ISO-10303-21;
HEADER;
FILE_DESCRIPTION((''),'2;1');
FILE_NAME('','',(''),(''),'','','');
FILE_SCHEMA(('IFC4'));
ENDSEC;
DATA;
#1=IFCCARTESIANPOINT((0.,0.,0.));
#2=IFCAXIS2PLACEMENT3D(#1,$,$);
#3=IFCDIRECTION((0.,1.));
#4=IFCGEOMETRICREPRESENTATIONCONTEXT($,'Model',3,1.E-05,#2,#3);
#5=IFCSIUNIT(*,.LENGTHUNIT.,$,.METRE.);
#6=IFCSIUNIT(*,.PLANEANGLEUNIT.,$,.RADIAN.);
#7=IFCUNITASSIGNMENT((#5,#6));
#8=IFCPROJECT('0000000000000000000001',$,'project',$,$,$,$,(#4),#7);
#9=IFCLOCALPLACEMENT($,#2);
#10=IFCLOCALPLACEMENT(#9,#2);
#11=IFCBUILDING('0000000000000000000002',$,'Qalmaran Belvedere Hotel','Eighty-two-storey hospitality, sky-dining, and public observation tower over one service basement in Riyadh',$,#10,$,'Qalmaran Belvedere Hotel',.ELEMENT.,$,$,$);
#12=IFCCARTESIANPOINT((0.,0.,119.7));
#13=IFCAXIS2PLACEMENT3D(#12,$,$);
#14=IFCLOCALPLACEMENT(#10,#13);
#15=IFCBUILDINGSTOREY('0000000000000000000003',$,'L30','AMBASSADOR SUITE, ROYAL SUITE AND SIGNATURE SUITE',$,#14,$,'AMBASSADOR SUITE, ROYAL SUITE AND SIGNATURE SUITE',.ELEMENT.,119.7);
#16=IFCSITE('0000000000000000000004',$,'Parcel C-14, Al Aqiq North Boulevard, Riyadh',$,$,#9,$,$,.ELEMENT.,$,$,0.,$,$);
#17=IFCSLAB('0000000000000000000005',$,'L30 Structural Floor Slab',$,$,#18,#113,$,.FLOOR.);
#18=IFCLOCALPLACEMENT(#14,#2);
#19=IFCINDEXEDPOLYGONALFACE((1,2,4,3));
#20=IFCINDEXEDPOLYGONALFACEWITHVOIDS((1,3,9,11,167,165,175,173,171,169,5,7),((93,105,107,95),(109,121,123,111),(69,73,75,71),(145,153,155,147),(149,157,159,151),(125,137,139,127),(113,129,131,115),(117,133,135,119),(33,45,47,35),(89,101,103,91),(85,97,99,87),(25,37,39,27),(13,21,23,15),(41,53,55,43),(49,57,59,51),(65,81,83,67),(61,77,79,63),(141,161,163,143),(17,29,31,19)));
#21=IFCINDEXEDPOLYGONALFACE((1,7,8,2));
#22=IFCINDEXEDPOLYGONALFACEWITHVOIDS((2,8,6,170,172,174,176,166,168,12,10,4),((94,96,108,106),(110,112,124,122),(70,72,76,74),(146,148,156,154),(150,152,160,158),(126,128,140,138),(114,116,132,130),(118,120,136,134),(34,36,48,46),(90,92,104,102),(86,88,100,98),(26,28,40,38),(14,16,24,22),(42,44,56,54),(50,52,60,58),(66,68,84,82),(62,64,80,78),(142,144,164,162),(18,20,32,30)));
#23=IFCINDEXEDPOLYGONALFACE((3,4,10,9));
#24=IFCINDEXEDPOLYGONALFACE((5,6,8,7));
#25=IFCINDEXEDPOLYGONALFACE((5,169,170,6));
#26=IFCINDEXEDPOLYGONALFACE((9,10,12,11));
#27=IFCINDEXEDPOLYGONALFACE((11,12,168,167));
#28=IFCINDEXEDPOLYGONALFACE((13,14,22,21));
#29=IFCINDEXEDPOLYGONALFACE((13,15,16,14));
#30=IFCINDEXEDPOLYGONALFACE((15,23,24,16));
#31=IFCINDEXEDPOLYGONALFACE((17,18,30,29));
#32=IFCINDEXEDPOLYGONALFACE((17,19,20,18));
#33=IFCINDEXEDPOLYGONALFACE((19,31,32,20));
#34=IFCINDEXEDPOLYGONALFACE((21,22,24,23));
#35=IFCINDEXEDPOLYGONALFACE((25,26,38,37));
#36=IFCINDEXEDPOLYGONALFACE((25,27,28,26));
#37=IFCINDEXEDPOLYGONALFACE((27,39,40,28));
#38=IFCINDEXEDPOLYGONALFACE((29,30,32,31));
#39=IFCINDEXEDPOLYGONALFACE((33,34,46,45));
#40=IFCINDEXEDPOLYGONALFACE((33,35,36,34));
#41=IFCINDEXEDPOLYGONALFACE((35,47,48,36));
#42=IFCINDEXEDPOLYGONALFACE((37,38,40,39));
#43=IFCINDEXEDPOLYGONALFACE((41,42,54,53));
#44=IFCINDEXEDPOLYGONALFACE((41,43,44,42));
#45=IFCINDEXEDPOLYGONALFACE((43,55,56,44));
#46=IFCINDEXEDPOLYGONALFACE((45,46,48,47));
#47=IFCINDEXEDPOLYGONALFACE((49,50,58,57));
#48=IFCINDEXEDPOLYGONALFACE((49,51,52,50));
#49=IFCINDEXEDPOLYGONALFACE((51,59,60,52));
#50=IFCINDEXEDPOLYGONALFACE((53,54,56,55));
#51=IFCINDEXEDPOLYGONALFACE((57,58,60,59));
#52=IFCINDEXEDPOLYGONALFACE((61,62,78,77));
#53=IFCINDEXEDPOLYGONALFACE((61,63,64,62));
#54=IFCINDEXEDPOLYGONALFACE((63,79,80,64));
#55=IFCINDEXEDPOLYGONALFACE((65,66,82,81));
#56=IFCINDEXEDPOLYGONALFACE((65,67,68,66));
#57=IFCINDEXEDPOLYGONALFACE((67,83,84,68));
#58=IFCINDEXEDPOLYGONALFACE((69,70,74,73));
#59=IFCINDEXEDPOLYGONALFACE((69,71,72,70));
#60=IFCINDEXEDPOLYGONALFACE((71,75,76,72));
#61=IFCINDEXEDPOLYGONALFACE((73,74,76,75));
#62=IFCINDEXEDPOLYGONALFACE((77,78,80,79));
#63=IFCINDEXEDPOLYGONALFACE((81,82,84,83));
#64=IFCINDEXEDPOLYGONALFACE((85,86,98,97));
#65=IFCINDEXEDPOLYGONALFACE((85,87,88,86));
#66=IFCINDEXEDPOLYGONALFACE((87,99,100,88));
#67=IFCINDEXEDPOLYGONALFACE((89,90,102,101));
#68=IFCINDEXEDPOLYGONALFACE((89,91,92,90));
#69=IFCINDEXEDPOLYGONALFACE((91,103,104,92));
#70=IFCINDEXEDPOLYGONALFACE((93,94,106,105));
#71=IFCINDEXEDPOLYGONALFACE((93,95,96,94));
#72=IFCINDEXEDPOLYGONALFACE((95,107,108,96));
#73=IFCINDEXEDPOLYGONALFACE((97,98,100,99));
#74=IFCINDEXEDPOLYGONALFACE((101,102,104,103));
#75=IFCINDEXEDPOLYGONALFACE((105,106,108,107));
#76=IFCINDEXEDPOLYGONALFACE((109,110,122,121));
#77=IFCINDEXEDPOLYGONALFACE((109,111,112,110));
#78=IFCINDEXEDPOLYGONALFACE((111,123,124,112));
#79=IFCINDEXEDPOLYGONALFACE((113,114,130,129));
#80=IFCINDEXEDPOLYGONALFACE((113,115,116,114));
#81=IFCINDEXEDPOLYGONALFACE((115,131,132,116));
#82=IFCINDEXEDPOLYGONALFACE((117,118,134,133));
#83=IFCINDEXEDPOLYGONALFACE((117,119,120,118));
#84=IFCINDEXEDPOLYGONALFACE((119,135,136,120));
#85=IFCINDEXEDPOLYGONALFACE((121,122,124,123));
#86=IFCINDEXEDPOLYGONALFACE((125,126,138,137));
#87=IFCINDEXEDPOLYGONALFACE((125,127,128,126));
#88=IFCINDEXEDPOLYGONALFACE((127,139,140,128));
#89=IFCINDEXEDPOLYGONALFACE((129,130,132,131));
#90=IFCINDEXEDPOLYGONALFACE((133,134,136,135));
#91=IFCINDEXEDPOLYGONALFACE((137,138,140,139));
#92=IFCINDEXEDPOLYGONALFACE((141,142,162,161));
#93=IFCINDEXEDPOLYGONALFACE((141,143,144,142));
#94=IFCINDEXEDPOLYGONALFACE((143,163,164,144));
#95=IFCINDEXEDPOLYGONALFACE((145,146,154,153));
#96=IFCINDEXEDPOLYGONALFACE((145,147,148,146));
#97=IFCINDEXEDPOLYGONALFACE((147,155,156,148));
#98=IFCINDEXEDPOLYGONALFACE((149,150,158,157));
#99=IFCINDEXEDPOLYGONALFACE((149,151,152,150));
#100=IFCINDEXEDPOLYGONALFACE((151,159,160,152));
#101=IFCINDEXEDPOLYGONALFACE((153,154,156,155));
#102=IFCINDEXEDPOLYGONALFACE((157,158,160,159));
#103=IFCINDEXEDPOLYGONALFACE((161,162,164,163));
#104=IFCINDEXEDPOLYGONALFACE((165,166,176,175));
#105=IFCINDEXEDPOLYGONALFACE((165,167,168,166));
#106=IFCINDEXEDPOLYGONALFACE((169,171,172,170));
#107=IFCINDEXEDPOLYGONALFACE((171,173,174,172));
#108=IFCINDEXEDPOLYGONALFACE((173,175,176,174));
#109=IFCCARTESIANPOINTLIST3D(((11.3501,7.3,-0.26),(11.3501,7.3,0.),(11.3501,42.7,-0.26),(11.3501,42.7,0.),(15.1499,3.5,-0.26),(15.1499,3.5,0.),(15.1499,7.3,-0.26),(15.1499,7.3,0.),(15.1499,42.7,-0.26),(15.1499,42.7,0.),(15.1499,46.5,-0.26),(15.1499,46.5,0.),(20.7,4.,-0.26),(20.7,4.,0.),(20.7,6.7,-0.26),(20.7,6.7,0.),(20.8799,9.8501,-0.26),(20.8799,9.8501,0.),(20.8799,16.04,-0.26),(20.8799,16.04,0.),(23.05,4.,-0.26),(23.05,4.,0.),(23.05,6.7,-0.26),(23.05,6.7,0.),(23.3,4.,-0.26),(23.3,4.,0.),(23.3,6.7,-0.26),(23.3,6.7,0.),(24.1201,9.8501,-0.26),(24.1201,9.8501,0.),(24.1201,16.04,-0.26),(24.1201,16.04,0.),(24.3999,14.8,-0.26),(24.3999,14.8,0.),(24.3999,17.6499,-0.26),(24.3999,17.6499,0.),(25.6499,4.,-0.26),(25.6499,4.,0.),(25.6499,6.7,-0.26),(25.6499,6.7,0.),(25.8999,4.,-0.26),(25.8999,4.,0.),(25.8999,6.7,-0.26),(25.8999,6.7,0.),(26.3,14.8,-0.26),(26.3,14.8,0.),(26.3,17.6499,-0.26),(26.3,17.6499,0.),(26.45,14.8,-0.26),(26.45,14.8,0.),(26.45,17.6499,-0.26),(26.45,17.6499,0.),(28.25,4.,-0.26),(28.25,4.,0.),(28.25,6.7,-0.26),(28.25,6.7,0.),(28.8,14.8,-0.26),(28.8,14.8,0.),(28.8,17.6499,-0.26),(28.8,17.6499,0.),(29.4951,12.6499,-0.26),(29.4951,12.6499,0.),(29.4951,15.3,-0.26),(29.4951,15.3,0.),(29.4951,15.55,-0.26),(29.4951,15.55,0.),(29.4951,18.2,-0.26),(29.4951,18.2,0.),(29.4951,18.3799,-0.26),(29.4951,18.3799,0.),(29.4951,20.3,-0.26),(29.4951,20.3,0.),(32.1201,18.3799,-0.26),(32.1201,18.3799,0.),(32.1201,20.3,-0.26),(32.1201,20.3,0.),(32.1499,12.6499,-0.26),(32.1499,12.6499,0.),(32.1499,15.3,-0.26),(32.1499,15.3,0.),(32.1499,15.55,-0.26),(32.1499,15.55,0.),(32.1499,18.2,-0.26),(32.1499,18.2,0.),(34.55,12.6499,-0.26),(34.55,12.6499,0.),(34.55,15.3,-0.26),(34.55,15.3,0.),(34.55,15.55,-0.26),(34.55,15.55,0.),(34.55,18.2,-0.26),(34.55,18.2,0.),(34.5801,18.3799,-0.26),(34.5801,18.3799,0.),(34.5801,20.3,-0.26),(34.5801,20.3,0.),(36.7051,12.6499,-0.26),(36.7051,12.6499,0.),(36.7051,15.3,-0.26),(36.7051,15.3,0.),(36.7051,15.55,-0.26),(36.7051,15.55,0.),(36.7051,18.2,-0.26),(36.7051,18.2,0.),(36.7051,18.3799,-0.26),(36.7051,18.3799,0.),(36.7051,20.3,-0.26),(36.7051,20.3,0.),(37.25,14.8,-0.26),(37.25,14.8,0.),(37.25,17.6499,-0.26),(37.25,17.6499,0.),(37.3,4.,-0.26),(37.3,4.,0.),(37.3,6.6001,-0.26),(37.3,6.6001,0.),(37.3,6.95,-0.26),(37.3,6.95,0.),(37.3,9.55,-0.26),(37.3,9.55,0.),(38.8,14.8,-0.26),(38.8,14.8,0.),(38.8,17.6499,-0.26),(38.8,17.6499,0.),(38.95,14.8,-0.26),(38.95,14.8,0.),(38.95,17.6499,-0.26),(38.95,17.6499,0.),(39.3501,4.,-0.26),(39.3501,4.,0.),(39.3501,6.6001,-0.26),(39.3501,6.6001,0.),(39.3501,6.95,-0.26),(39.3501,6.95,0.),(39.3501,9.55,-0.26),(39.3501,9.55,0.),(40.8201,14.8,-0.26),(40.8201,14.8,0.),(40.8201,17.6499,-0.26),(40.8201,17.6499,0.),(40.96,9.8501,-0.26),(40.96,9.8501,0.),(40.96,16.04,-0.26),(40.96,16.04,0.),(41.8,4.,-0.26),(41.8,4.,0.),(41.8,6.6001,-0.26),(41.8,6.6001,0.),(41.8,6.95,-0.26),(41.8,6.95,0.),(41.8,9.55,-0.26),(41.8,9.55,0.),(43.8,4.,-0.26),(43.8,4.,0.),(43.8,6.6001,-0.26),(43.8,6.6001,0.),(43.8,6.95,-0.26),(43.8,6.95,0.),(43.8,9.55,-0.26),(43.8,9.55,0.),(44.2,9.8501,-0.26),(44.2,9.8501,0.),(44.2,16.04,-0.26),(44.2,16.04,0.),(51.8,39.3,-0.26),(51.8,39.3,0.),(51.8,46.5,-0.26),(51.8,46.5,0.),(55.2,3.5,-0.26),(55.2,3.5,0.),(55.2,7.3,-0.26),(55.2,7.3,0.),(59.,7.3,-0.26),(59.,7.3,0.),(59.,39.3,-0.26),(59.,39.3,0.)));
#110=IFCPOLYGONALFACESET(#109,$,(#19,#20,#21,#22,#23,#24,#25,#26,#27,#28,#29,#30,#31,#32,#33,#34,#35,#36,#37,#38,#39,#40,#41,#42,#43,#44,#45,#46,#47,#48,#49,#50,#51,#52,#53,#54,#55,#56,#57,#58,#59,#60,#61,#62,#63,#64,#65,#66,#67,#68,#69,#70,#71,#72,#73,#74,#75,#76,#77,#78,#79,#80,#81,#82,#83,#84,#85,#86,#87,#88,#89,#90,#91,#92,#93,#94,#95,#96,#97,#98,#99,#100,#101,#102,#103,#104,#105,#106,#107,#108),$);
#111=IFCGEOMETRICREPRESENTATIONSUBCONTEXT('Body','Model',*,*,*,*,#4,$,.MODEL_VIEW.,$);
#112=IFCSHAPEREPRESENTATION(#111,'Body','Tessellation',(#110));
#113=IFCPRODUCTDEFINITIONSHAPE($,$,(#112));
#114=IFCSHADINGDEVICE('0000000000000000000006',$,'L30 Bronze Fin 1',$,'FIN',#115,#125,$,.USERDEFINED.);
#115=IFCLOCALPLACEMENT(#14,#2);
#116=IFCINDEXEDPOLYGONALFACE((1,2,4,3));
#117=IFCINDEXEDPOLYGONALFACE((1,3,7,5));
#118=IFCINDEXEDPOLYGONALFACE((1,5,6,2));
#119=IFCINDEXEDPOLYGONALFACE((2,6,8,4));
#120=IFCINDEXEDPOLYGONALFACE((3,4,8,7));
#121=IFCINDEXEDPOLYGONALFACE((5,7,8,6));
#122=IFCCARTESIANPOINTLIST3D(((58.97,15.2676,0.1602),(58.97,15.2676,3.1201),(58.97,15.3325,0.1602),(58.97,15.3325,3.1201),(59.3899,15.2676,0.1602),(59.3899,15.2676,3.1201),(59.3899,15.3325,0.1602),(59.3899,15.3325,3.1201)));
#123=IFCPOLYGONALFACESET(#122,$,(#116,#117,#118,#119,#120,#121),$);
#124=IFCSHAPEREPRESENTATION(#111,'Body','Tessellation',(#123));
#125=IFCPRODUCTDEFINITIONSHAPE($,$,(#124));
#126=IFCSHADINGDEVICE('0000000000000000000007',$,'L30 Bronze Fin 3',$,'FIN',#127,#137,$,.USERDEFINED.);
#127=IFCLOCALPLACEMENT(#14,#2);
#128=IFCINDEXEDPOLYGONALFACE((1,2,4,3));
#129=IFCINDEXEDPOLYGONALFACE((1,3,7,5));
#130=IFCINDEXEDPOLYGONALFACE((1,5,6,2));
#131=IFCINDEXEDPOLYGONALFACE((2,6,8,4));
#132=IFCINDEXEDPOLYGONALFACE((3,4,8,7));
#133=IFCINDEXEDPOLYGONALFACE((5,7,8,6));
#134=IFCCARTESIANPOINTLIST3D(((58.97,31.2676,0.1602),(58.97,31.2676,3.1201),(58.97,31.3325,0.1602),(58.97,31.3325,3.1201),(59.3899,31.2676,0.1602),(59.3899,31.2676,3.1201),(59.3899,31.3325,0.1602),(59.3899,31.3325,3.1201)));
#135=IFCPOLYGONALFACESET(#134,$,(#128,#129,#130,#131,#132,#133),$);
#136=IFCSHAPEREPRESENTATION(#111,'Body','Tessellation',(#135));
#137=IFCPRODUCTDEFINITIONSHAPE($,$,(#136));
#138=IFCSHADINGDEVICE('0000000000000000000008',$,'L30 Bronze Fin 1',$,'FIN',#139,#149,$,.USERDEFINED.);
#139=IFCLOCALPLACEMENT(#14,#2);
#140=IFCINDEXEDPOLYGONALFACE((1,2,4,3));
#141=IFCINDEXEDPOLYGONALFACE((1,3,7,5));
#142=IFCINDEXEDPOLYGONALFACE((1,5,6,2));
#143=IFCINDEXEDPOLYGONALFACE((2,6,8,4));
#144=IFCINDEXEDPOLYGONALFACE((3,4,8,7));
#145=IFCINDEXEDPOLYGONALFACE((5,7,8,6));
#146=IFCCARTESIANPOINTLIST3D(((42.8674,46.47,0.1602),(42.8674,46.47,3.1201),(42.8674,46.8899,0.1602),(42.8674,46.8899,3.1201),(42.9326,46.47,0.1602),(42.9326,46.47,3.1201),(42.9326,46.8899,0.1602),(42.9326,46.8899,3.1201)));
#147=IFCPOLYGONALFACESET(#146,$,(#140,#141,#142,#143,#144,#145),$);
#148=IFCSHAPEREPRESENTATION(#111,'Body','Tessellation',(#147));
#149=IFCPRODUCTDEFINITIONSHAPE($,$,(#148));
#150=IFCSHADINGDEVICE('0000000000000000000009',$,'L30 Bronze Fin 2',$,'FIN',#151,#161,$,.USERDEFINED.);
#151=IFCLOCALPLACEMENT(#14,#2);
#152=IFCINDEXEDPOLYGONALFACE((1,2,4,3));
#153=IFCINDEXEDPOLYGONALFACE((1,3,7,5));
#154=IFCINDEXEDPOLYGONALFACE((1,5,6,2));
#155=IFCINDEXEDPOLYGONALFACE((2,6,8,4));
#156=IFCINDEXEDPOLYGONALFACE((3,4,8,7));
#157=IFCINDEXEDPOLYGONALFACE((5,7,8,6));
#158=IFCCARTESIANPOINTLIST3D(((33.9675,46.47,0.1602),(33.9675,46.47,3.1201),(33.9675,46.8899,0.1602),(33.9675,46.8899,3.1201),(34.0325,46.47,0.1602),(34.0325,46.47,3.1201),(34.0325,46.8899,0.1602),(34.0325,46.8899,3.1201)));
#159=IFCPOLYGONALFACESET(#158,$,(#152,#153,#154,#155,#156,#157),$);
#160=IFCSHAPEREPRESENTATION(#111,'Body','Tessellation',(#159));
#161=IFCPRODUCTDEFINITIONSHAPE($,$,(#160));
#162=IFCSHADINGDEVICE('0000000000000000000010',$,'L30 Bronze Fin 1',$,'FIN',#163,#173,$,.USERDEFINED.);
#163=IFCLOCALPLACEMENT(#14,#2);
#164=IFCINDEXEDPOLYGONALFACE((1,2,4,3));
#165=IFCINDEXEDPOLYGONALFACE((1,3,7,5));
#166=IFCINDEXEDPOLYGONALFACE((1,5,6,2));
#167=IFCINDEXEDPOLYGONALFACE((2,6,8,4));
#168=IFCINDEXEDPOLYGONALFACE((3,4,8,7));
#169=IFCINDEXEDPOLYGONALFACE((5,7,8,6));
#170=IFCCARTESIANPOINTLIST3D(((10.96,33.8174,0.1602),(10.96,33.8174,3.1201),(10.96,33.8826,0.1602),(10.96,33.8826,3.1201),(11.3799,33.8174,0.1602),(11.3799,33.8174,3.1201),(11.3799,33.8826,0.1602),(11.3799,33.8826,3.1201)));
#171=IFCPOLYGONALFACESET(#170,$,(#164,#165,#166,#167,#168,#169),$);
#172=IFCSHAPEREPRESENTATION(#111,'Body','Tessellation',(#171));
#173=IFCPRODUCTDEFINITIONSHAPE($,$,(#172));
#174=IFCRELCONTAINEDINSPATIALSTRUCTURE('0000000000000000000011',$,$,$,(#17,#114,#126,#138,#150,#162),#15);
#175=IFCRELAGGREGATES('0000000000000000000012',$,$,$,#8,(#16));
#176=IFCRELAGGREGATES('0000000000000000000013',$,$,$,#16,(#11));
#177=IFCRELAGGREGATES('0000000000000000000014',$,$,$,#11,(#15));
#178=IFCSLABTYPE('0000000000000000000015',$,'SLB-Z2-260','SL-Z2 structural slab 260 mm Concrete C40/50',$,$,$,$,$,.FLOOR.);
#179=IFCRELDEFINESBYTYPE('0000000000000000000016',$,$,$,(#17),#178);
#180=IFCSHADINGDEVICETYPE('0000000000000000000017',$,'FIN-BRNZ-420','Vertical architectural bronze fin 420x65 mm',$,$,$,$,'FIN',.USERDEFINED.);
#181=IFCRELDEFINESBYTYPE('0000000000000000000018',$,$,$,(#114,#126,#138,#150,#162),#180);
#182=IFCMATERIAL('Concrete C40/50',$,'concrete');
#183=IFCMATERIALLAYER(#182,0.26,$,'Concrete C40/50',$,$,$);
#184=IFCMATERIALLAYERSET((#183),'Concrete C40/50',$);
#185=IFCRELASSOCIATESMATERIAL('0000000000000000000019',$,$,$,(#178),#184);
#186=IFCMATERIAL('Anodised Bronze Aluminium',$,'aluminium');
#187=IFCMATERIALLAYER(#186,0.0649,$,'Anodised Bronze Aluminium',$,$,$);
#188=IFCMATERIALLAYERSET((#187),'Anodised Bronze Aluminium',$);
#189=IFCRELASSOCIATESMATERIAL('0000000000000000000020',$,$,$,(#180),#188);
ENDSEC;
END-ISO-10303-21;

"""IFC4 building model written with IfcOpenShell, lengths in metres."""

from ifc_helpers import new_model, si_unit, direction, frame, origin, place, context, subcontext, project, spatial, polyline, outline, extrude, material, layer, layer_set, type_object, element, save


model = new_model("IFC4")

# Units and contexts
model_context = context("Model", 3, precision=1e-05, world=origin(), true_north=direction((0.0, 1.0)))
body_context = subcontext(model_context, "Body", "Model", "MODEL_VIEW")
ifc_project = project(units=[si_unit("LENGTHUNIT", "METRE"), si_unit("PLANEANGLEUNIT", "RADIAN")], contexts=[model_context])

# Site, building, storey
site_placement = place(None, origin())
site = spatial("IfcSite", under=ifc_project, at=site_placement, Name="Parcel C-14, Al Aqiq North Boulevard, Riyadh", CompositionType="ELEMENT", RefElevation=0.0)
building_placement = place(site_placement, origin())
building = spatial("IfcBuilding", under=site, at=building_placement, Name="Qalmaran Belvedere Hotel", Description="Eighty-two-storey hospitality, sky-dining, and public observation tower over one service basement in Riyadh", LongName="Qalmaran Belvedere Hotel", CompositionType="ELEMENT")
storey_placement = place(building_placement, frame((0.0, 0.0, 119.7)))
storey = spatial("IfcBuildingStorey", under=building, at=storey_placement, Name="L30", Description="AMBASSADOR SUITE, ROYAL SUITE AND SIGNATURE SUITE", LongName="AMBASSADOR SUITE, ROYAL SUITE AND SIGNATURE SUITE", CompositionType="ELEMENT", Elevation=119.7)

# Shared definitions
ifc_material_1 = material(Name="Anodised Bronze Aluminium", Category="aluminium")

# Shared definitions
ifc_material_2 = material(Name="Concrete C40/50", Category="concrete")

# Slab
ifc_layer_1 = layer(ifc_material_2, 0.26, Name="Concrete C40/50")
ifc_layer_set_1 = layer_set([ifc_layer_1], Name="Concrete C40/50")
slab_type_1 = type_object("IfcSlabType", Name="SLB-Z2-260", Description="SL-Z2 structural slab 260 mm Concrete C40/50", PredefinedType="FLOOR", material=ifc_layer_set_1)
slab_1_placement = place(storey_placement, frame((0.0, 0.0, -0.26)))
element("IfcSlab", 1, at=slab_1_placement, inside=storey, type_object=slab_type_1, Name="L30 Structural Floor Slab", PredefinedType="FLOOR", context=body_context, shape_type="SweptSolid", body=[
    extrude(outline(polyline([(15.1499, 3.5), (55.2, 3.5), (55.2, 7.3), (59.0, 7.3), (59.0, 39.3), (51.8, 39.3), (51.8, 46.5), (15.1499, 46.5), (15.1499, 42.7), (11.3501, 42.7), (11.3501, 7.3), (15.1499, 7.3), (15.1499, 3.5)]), holes=[polyline([(20.8799, 9.8501), (24.1201, 9.8501), (24.1201, 16.04), (20.8799, 16.04), (20.8799, 9.8501)]), polyline([(40.96, 9.8501), (44.2, 9.8501), (44.2, 16.04), (40.96, 16.04), (40.96, 9.8501)]), polyline([(29.4951, 12.6499), (32.1499, 12.6499), (32.1499, 15.3), (29.4951, 15.3), (29.4951, 12.6499)]), polyline([(29.4951, 15.55), (32.1499, 15.55), (32.1499, 18.2), (29.4951, 18.2), (29.4951, 15.55)]), polyline([(34.55, 12.6499), (36.7051, 12.6499), (36.7051, 15.3), (34.55, 15.3), (34.55, 12.6499)]), polyline([(34.55, 15.55), (36.7051, 15.55), (36.7051, 18.2), (34.55, 18.2), (34.55, 15.55)]), polyline([(37.3, 4.0), (39.3501, 4.0), (39.3501, 6.6001), (37.3, 6.6001), (37.3, 4.0)]), polyline([(37.3, 6.95), (39.3501, 6.95), (39.3501, 9.55), (37.3, 9.55), (37.3, 6.95)]), polyline([(41.8, 4.0), (43.8, 4.0), (43.8, 6.6001), (41.8, 6.6001), (41.8, 4.0)]), polyline([(41.8, 6.95), (43.8, 6.95), (43.8, 9.55), (41.8, 9.55), (41.8, 6.95)]), polyline([(20.7, 4.0), (23.05, 4.0), (23.05, 6.7), (20.7, 6.7), (20.7, 4.0)]), polyline([(23.3, 4.0), (25.6499, 4.0), (25.6499, 6.7), (23.3, 6.7), (23.3, 4.0)]), polyline([(25.8999, 4.0), (28.25, 4.0), (28.25, 6.7), (25.8999, 6.7), (25.8999, 4.0)]), polyline([(24.3999, 14.8), (26.3, 14.8), (26.3, 17.6499), (24.3999, 17.6499), (24.3999, 14.8)]), polyline([(38.95, 14.8), (40.8201, 14.8), (40.8201, 17.6499), (38.95, 17.6499), (38.95, 14.8)]), polyline([(26.45, 14.8), (28.8, 14.8), (28.8, 17.6499), (26.45, 17.6499), (26.45, 14.8)]), polyline([(37.25, 14.8), (38.8, 14.8), (38.8, 17.6499), (37.25, 17.6499), (37.25, 14.8)]), polyline([(29.4951, 18.3799), (32.1201, 18.3799), (32.1201, 20.3), (29.4951, 20.3), (29.4951, 18.3799)]), polyline([(34.5801, 18.3799), (36.7051, 18.3799), (36.7051, 20.3), (34.5801, 20.3), (34.5801, 18.3799)])]), origin(), (0.0, 0.0, 1.0), 0.26),
])

# Shading devices
ifc_layer_2 = layer(ifc_material_1, 0.0649, Name="Anodised Bronze Aluminium")
ifc_layer_set_2 = layer_set([ifc_layer_2], Name="Anodised Bronze Aluminium")
shading_device_type = type_object("IfcShadingDeviceType", Name="FIN-BRNZ-420", Description="Vertical architectural bronze fin 420x65 mm", ElementType="FIN", PredefinedType="USERDEFINED", material=ifc_layer_set_2)
shading_device_1_placement = place(storey_placement, frame((0.0, 0.0, 0.1602)))
element("IfcShadingDevice", 2, at=shading_device_1_placement, inside=storey, type_object=shading_device_type, Name="L30 Bronze Fin 1", ObjectType="FIN", PredefinedType="USERDEFINED", context=body_context, shape_type="SweptSolid", body=[
    extrude(outline(polyline([(58.97, 15.2676), (59.3899, 15.2676), (59.3899, 15.3325), (58.97, 15.3325), (58.97, 15.2676)])), origin(), (0.0, 0.0, 1.0), 2.96),
])
shading_device_2_placement = place(storey_placement, frame((0.0, 0.0, 0.1602)))
element("IfcShadingDevice", 3, at=shading_device_2_placement, inside=storey, type_object=shading_device_type, Name="L30 Bronze Fin 3", ObjectType="FIN", PredefinedType="USERDEFINED", context=body_context, shape_type="SweptSolid", body=[
    extrude(outline(polyline([(58.97, 31.2676), (59.3899, 31.2676), (59.3899, 31.3325), (58.97, 31.3325), (58.97, 31.2676)])), origin(), (0.0, 0.0, 1.0), 2.96),
])
shading_device_3_placement = place(storey_placement, frame((0.0, 0.0, 0.1602)))
element("IfcShadingDevice", 4, at=shading_device_3_placement, inside=storey, type_object=shading_device_type, Name="L30 Bronze Fin 1", ObjectType="FIN", PredefinedType="USERDEFINED", context=body_context, shape_type="SweptSolid", body=[
    extrude(outline(polyline([(42.9326, 46.47), (42.9326, 46.8899), (42.8674, 46.8899), (42.8674, 46.47), (42.9326, 46.47)])), origin(), (0.0, 0.0, 1.0), 2.96),
])
shading_device_4_placement = place(storey_placement, frame((0.0, 0.0, 0.1602)))
element("IfcShadingDevice", 5, at=shading_device_4_placement, inside=storey, type_object=shading_device_type, Name="L30 Bronze Fin 2", ObjectType="FIN", PredefinedType="USERDEFINED", context=body_context, shape_type="SweptSolid", body=[
    extrude(outline(polyline([(34.0325, 46.47), (34.0325, 46.8899), (33.9675, 46.8899), (33.9675, 46.47), (34.0325, 46.47)])), origin(), (0.0, 0.0, 1.0), 2.96),
])
shading_device_5_placement = place(storey_placement, frame((0.0, 0.0, 0.1602)))
element("IfcShadingDevice", 6, at=shading_device_5_placement, inside=storey, type_object=shading_device_type, Name="L30 Bronze Fin 1", ObjectType="FIN", PredefinedType="USERDEFINED", context=body_context, shape_type="SweptSolid", body=[
    extrude(outline(polyline([(11.3799, 33.8826), (10.96, 33.8826), (10.96, 33.8174), (11.3799, 33.8174), (11.3799, 33.8826)])), origin(), (0.0, 0.0, 1.0), 2.96),
])

save(model, "model.ifc")
